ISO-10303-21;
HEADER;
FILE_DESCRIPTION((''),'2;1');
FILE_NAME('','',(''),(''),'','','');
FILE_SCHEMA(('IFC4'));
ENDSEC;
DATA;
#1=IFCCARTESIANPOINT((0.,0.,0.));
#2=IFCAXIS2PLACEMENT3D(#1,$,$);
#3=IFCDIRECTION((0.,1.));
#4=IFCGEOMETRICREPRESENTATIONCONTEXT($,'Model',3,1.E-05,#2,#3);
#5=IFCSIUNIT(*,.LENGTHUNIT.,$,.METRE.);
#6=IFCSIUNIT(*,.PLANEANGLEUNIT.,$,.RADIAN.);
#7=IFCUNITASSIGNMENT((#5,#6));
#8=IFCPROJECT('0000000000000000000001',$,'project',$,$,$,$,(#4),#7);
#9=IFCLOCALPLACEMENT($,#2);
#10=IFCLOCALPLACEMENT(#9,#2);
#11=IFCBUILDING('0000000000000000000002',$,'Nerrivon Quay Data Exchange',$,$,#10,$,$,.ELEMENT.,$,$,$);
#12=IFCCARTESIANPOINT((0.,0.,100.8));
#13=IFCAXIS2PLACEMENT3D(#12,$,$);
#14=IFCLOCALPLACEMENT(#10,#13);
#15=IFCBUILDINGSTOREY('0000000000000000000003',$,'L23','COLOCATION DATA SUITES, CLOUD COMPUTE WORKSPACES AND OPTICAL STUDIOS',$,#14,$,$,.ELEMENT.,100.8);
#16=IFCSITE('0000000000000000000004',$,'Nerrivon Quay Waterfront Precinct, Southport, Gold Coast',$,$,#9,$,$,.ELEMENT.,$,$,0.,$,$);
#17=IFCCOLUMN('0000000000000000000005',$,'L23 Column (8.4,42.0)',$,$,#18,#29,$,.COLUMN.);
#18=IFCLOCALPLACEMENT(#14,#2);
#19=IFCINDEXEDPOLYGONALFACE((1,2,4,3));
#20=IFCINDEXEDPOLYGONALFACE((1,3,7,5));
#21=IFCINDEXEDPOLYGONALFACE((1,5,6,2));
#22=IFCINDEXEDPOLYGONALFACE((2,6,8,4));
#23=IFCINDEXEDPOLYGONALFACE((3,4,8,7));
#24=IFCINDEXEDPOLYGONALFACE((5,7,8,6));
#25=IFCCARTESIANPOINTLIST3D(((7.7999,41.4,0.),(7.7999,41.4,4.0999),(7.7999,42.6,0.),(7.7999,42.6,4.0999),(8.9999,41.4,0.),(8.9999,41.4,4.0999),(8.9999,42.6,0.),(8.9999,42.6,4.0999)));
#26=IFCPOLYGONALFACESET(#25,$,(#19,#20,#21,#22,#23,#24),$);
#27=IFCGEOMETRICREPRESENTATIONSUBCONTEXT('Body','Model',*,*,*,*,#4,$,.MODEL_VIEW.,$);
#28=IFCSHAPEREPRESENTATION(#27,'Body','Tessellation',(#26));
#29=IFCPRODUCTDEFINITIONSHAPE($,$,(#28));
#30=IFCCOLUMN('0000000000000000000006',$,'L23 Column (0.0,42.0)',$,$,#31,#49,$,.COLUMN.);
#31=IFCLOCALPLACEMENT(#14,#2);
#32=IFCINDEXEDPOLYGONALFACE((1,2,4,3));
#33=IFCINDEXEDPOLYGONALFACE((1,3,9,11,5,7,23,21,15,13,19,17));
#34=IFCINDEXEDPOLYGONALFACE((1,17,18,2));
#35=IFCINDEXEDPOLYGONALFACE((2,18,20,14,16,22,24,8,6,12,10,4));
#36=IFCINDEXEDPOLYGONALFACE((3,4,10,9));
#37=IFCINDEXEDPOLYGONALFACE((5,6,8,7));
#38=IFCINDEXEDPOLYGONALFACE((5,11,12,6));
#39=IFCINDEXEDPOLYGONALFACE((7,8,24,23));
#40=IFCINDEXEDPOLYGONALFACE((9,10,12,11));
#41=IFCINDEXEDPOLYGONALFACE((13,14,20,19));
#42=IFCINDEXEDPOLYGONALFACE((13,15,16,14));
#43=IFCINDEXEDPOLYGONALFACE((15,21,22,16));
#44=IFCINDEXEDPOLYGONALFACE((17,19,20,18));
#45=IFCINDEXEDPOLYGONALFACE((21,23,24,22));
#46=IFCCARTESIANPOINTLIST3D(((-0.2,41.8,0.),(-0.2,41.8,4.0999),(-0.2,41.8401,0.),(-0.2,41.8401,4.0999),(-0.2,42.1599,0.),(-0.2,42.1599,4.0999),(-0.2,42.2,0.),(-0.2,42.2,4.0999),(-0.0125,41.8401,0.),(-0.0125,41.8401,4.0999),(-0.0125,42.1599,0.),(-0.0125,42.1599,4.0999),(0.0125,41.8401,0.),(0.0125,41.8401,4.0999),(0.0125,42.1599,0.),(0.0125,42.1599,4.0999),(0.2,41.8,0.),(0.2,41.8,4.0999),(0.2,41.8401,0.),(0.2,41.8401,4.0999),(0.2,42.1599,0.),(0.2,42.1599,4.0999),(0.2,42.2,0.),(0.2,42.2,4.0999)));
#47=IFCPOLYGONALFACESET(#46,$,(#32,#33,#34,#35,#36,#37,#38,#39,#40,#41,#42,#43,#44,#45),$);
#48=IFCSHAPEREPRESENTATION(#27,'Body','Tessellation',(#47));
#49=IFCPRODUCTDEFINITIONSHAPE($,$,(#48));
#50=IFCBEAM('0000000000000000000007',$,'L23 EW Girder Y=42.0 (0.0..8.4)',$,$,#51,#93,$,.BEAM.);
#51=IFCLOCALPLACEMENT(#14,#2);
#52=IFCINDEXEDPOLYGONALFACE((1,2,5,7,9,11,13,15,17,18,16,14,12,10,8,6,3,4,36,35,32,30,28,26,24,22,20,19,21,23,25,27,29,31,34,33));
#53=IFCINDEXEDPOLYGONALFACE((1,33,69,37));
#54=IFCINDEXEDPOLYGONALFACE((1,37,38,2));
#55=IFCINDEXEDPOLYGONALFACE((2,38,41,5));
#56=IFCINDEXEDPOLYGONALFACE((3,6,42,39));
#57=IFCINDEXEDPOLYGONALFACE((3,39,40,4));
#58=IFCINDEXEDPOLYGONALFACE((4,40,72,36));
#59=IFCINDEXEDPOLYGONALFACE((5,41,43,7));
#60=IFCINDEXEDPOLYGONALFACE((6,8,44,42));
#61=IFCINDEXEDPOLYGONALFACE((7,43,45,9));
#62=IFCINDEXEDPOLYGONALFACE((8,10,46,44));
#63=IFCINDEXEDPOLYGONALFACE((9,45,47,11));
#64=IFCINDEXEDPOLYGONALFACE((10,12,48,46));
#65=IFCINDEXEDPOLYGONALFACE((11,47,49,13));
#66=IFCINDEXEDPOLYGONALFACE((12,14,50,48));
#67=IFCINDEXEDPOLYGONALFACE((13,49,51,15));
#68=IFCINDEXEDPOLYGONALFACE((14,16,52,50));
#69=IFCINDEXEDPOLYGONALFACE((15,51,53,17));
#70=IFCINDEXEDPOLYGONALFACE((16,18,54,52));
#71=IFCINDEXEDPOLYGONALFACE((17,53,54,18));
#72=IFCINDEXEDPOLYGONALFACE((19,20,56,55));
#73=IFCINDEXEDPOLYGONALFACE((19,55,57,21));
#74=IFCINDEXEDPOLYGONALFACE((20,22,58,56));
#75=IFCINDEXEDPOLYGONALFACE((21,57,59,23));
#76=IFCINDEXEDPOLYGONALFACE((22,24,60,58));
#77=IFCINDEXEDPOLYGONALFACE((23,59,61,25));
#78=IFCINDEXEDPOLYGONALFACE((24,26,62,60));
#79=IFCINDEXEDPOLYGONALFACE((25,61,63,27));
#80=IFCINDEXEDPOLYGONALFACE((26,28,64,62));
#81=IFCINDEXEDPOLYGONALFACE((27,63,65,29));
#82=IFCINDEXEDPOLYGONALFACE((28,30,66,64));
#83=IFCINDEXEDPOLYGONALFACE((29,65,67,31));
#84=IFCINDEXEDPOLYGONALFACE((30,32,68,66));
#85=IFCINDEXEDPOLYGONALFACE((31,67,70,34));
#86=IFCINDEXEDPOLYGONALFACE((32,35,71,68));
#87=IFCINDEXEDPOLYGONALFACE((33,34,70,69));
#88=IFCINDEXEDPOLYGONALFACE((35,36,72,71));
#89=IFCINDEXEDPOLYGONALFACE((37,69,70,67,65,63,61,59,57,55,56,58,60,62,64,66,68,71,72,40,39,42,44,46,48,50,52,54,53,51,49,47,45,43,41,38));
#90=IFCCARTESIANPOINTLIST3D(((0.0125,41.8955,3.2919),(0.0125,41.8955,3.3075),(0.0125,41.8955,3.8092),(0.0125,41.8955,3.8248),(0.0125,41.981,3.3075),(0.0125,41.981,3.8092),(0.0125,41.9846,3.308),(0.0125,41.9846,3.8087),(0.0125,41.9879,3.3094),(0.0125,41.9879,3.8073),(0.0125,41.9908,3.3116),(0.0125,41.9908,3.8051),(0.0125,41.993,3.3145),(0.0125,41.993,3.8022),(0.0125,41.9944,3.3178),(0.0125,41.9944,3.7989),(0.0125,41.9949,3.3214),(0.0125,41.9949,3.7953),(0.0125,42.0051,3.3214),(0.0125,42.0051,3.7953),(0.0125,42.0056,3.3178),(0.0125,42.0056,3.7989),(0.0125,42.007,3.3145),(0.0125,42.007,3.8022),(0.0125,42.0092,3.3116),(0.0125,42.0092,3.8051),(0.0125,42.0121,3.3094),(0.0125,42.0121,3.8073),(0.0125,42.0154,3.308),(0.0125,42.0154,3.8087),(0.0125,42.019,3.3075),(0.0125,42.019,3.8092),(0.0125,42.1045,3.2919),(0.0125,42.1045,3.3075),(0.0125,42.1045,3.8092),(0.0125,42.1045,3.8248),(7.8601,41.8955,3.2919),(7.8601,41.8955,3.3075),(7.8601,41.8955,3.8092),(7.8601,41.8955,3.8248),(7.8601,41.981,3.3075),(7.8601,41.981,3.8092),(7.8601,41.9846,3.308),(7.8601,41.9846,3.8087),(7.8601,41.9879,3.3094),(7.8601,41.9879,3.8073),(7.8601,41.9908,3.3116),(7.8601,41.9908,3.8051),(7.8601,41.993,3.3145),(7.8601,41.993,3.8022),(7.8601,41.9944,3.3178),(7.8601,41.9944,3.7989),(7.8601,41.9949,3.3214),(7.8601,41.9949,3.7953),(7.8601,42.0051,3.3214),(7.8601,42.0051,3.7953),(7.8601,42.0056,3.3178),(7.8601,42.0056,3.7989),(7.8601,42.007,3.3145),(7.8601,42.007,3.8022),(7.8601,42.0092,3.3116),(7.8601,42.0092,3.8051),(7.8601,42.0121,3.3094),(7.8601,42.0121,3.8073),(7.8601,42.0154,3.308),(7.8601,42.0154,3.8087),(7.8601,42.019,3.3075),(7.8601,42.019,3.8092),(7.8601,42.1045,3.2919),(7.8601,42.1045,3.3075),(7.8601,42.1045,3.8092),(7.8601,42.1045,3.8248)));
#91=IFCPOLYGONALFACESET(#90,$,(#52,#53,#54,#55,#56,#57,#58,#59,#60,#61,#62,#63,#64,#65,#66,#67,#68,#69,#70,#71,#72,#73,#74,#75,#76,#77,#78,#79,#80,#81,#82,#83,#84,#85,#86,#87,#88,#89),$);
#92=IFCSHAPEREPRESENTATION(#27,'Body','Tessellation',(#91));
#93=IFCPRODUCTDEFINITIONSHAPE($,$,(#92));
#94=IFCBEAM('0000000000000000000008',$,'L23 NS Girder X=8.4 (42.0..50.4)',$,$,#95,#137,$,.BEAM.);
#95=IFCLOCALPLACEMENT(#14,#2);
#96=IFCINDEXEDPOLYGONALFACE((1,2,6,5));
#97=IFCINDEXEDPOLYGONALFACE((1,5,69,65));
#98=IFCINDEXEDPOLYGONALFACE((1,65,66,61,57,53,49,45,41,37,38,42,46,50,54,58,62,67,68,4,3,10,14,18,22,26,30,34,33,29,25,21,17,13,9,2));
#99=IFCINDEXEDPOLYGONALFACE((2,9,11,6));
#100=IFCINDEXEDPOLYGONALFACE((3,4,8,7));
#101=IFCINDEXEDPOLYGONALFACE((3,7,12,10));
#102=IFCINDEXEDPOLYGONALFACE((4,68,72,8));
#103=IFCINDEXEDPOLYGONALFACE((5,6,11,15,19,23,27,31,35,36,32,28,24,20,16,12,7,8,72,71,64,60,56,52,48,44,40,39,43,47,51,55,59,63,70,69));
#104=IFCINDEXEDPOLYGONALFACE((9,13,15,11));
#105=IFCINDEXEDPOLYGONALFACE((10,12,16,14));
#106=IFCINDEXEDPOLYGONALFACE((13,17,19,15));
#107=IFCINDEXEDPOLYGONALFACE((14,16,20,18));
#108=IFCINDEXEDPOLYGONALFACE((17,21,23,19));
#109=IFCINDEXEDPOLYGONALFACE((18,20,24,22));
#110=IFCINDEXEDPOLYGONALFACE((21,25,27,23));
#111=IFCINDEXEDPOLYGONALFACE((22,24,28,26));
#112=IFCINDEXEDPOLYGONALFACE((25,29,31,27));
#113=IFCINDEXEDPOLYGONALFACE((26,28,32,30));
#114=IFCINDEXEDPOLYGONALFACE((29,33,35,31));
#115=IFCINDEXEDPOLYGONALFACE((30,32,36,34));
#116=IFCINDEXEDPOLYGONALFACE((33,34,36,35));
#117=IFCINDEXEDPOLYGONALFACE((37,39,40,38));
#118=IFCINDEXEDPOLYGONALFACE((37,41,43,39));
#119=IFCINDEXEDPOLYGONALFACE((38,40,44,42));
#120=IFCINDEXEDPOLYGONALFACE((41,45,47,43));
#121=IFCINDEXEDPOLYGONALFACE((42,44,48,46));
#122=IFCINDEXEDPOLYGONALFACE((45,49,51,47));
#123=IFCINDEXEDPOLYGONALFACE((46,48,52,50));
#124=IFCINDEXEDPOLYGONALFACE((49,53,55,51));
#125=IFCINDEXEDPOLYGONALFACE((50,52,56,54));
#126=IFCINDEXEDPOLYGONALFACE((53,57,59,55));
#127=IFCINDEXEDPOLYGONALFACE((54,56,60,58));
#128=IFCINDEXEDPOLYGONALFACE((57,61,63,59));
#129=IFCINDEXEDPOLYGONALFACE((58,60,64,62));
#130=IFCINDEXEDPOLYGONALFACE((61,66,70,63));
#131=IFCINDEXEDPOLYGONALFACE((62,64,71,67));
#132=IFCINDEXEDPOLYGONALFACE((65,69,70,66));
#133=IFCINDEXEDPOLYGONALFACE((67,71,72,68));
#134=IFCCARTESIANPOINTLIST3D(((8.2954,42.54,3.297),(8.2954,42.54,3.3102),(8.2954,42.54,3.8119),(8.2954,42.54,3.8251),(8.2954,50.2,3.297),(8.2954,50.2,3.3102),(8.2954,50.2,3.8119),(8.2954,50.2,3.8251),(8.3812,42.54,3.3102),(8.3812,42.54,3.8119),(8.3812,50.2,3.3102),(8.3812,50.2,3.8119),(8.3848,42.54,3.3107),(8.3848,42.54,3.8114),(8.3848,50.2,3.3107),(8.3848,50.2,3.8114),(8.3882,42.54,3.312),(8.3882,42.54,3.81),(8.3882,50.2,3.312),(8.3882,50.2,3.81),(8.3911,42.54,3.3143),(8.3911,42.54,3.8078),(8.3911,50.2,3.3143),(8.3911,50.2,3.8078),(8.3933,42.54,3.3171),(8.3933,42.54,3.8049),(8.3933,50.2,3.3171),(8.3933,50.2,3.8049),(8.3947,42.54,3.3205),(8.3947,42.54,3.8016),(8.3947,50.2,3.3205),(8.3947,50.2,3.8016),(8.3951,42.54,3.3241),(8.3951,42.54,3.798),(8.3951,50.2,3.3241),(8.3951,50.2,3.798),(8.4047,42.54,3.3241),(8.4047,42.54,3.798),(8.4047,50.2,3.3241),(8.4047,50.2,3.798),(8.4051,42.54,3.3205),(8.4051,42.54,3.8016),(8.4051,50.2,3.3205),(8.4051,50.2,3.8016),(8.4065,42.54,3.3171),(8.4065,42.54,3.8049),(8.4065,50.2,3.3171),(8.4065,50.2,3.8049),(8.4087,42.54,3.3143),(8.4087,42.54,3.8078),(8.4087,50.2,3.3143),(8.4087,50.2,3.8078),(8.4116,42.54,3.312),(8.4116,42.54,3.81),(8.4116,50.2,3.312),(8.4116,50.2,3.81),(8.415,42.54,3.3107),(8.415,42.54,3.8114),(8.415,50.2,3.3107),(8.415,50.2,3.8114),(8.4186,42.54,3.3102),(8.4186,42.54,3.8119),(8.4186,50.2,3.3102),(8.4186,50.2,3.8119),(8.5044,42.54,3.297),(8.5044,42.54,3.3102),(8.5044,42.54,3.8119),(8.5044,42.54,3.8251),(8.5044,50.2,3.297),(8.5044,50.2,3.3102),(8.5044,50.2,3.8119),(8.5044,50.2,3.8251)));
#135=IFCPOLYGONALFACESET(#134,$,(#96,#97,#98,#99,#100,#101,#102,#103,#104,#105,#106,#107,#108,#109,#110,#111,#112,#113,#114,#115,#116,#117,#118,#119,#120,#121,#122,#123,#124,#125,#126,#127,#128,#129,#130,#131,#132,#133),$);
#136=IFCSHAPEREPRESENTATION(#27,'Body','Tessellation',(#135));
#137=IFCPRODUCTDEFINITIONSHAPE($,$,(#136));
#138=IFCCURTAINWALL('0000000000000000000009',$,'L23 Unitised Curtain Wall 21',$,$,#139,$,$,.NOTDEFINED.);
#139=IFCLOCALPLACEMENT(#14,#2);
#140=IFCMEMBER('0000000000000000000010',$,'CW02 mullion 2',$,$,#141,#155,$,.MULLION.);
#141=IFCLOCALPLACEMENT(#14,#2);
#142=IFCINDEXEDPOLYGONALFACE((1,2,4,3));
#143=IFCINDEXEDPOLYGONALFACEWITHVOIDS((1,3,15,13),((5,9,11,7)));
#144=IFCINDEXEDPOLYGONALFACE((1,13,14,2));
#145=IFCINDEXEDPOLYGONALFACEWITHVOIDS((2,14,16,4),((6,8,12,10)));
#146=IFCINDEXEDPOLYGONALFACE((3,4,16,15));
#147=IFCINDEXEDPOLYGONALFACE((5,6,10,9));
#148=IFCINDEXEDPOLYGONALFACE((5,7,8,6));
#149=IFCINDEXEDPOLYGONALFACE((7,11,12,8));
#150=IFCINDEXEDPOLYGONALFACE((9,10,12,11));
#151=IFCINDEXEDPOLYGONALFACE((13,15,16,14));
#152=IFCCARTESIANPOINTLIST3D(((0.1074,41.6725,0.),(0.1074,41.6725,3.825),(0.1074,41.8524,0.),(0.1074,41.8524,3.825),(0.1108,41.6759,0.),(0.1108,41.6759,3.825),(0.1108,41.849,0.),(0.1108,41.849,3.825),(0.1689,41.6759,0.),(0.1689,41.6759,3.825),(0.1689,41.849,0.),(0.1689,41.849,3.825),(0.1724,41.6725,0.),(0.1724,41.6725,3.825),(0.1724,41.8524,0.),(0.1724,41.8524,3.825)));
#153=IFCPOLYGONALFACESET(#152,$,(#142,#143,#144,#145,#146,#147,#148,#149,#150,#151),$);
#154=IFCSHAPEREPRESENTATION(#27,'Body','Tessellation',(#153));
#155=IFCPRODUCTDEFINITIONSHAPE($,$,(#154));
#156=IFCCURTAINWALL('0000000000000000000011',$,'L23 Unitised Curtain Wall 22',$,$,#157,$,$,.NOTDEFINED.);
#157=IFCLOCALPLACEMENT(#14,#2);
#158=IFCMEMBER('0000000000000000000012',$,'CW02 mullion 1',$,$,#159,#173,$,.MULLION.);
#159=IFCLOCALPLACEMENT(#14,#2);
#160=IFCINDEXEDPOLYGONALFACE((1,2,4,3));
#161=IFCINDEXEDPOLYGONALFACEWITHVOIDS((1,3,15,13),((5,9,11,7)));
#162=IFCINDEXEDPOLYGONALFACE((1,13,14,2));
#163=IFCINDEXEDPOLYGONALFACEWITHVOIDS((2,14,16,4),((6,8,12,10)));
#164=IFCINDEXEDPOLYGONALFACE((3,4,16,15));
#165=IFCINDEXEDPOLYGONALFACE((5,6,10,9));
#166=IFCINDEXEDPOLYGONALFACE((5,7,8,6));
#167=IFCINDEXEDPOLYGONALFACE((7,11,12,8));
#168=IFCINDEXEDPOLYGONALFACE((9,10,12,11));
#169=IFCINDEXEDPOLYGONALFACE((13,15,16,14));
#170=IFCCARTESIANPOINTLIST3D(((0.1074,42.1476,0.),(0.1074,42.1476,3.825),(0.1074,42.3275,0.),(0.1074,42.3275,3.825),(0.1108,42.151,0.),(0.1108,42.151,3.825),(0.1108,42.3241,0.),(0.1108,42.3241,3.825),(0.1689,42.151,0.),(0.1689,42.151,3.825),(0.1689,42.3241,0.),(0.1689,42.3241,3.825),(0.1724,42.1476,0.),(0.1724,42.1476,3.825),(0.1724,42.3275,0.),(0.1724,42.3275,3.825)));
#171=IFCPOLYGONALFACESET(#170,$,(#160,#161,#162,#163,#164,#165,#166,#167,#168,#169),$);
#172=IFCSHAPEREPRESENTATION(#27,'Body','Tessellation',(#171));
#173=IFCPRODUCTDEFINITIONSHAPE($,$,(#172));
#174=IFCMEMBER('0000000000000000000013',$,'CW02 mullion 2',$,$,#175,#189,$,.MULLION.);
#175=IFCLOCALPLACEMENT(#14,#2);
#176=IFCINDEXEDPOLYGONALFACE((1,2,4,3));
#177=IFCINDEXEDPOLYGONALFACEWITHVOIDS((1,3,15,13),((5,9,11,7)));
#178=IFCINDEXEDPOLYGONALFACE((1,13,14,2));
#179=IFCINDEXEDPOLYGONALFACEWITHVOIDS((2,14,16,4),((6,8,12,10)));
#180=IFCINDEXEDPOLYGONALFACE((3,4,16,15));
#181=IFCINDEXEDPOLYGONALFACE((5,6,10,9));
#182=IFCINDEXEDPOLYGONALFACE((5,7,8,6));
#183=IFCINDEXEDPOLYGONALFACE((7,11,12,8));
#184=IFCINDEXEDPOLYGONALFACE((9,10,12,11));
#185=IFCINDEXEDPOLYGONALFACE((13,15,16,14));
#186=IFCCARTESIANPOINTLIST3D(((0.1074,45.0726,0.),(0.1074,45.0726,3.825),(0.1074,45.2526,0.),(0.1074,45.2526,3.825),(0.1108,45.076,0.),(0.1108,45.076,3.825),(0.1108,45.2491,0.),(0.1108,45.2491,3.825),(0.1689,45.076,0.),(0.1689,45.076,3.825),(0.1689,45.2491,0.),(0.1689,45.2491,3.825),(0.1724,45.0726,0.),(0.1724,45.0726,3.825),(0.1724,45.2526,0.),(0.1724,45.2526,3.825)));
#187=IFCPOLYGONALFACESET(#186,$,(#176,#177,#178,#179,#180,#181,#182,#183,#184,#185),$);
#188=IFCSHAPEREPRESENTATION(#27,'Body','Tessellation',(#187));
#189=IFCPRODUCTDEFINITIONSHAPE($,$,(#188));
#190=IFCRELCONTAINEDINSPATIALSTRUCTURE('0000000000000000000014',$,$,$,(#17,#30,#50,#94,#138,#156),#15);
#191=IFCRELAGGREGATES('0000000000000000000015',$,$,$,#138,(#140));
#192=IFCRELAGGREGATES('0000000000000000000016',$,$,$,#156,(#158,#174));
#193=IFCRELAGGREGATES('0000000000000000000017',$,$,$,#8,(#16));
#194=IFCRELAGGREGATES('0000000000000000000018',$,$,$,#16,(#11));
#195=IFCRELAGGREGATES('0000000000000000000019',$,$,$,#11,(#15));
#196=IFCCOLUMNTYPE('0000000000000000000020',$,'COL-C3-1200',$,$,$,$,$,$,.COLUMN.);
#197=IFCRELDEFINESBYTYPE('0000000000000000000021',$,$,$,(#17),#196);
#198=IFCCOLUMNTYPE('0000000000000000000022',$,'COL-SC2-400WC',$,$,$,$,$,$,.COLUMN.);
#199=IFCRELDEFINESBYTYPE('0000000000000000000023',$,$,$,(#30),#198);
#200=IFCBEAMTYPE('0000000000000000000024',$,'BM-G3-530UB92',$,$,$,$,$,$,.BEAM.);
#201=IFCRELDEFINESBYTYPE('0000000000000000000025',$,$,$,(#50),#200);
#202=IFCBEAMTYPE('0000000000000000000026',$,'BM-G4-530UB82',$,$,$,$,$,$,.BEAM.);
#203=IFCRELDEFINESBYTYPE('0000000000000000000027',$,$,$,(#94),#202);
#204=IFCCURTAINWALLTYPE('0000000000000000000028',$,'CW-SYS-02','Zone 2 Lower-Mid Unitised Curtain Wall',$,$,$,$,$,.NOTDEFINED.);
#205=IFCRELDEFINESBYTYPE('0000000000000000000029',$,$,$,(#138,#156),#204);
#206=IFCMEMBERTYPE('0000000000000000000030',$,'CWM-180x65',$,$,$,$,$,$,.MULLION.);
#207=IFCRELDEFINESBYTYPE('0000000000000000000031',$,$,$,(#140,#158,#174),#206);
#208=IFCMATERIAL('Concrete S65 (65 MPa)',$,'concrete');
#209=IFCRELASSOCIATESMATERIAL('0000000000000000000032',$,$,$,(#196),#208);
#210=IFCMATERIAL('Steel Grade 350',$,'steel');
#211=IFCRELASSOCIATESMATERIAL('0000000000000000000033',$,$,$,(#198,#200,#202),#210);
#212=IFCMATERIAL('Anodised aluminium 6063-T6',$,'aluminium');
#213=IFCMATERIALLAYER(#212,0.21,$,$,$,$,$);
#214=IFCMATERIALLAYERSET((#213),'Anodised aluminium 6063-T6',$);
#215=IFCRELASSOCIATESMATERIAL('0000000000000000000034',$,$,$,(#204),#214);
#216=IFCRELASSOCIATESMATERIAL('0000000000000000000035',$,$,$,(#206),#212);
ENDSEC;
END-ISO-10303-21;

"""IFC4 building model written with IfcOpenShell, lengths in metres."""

from ifc_helpers import new_model, si_unit, direction, frame, origin, origin_2d, place, context, subcontext, project, spatial, rectangle, hollow_rectangle, i_section, extrude, material, layer, layer_set, material_profile, profile_set, type_object, element, aggregate, save


model = new_model("IFC4")

# Units and contexts
model_context = context("Model", 3, precision=1e-05, world=origin(), true_north=direction((0.0, 1.0)))
body_context = subcontext(model_context, "Body", "Model", "MODEL_VIEW")
ifc_project = project(units=[si_unit("LENGTHUNIT", "METRE"), si_unit("PLANEANGLEUNIT", "RADIAN")], contexts=[model_context])

# Site, building, storey
site_placement = place(None, origin())
site = spatial("IfcSite", under=ifc_project, at=site_placement, Name="Nerrivon Quay Waterfront Precinct, Southport, Gold Coast", CompositionType="ELEMENT", RefElevation=0.0)
building_placement = place(site_placement, origin())
building = spatial("IfcBuilding", under=site, at=building_placement, Name="Nerrivon Quay Data Exchange", CompositionType="ELEMENT")
storey_placement = place(building_placement, frame((0.0, 0.0, 100.8)))
storey = spatial("IfcBuildingStorey", under=building, at=storey_placement, Name="L23", Description="COLOCATION DATA SUITES, CLOUD COMPUTE WORKSPACES AND OPTICAL STUDIOS", CompositionType="ELEMENT", Elevation=100.8)

# Columns
ifc_material_1 = material(Name="Concrete S65 (65 MPa)", Category="concrete")
ifc_material_profile_1 = material_profile(ifc_material_1, rectangle(XDim=1.2, YDim=1.2, at=origin_2d()), Name="RC-COL-1200x1200")
ifc_profile_set_1 = profile_set([ifc_material_profile_1], Name="Concrete S65 (65 MPa)")
column_type_1 = type_object("IfcColumnType", Name="COL-C3-1200", PredefinedType="COLUMN", material=ifc_profile_set_1)
column_1_placement = place(storey_placement, frame((8.3999, 42.0, 0.0), z_axis=(0.0, 0.0, 1.0), x_axis=(1.0, 0.0, 0.0)))
element("IfcColumn", 1, at=column_1_placement, inside=storey, type_object=column_type_1, Name="L23 Column (8.4,42.0)", PredefinedType="COLUMN", context=body_context, shape_type="SweptSolid", body=[
    extrude(rectangle(XDim=1.2, YDim=1.2, at=origin_2d()), origin(), (0.0, 0.0, 1.0), 4.0999),
])
ifc_material_2 = material(Name="Steel Grade 350", Category="steel")
ifc_material_profile_2 = material_profile(ifc_material_2, i_section(OverallWidth=0.3999, OverallDepth=0.3999, WebThickness=0.0249, FlangeThickness=0.04, at=origin_2d()), Name="400WC328")
ifc_profile_set_2 = profile_set([ifc_material_profile_2], Name="Steel Grade 350")
column_type_2 = type_object("IfcColumnType", Name="COL-SC2-400WC", PredefinedType="COLUMN", material=ifc_profile_set_2)
column_2_placement = place(storey_placement, frame((0.0, 42.0, 0.0), z_axis=(0.0, 0.0, 1.0), x_axis=(1.0, 0.0, 0.0)))
element("IfcColumn", 2, at=column_2_placement, inside=storey, type_object=column_type_2, Name="L23 Column (0.0,42.0)", PredefinedType="COLUMN", context=body_context, shape_type="SweptSolid", body=[
    extrude(i_section(OverallWidth=0.3999, OverallDepth=0.3999, WebThickness=0.0249, FlangeThickness=0.04, at=origin_2d()), origin(), (0.0, 0.0, 1.0), 4.0999),
])

# Beams
ifc_material_profile_3 = material_profile(ifc_material_2, i_section(OverallWidth=0.209, OverallDepth=0.533, WebThickness=0.0103, FlangeThickness=0.0156, FilletRadius=0.0139, at=origin_2d()), Name="530UB92.4")
ifc_profile_set_3 = profile_set([ifc_material_profile_3], Name="Steel Grade 350")
beam_type_1 = type_object("IfcBeamType", Name="BM-G3-530UB92", PredefinedType="BEAM", material=ifc_profile_set_3)
beam_1_placement = place(storey_placement, frame((0.0125, 42.0, 3.5583), z_axis=(1.0, 0.0, 0.0), x_axis=(0.0, 1.0, 0.0)))
element("IfcBeam", 3, at=beam_1_placement, inside=storey, type_object=beam_type_1, Name="L23 EW Girder Y=42.0 (0.0..8.4)", PredefinedType="BEAM", context=body_context, shape_type="SweptSolid", body=[
    extrude(i_section(OverallWidth=0.209, OverallDepth=0.533, WebThickness=0.0103, FlangeThickness=0.0156, FilletRadius=0.0139, at=origin_2d()), origin(), (0.0, 0.0, 1.0), 7.8477),
])
ifc_material_profile_4 = material_profile(ifc_material_2, i_section(OverallWidth=0.209, OverallDepth=0.5281, WebThickness=0.0095, FlangeThickness=0.0132, FilletRadius=0.0139, at=origin_2d()), Name="530UB82.0")
ifc_profile_set_4 = profile_set([ifc_material_profile_4], Name="Steel Grade 350")
beam_type_2 = type_object("IfcBeamType", Name="BM-G4-530UB82", PredefinedType="BEAM", material=ifc_profile_set_4)
beam_2_placement = place(storey_placement, frame((8.3999, 42.54, 3.561), z_axis=(0.0, 1.0, 0.0), x_axis=(-1.0, 0.0, 0.0)))
element("IfcBeam", 4, at=beam_2_placement, inside=storey, type_object=beam_type_2, Name="L23 NS Girder X=8.4 (42.0..50.4)", PredefinedType="BEAM", context=body_context, shape_type="SweptSolid", body=[
    extrude(i_section(OverallWidth=0.209, OverallDepth=0.5281, WebThickness=0.0095, FlangeThickness=0.0132, FilletRadius=0.0139, at=origin_2d()), origin(), (0.0, 0.0, 1.0), 7.6599),
])

# Curtain wall, member
ifc_material_3 = material(Name="Anodised aluminium 6063-T6", Category="aluminium")
ifc_layer_1 = layer(ifc_material_3, 0.21)
ifc_layer_set_1 = layer_set([ifc_layer_1], Name="Anodised aluminium 6063-T6")
curtain_wall_type = type_object("IfcCurtainWallType", Name="CW-SYS-02", Description="Zone 2 Lower-Mid Unitised Curtain Wall", PredefinedType="NOTDEFINED", material=ifc_layer_set_1)
curtain_wall_1_placement = place(storey_placement, origin())
curtain_wall_1 = element("IfcCurtainWall", 5, at=curtain_wall_1_placement, inside=storey, type_object=curtain_wall_type, Name="L23 Unitised Curtain Wall 21", PredefinedType="NOTDEFINED")
ifc_material_profile_5 = material_profile(ifc_material_3, hollow_rectangle(XDim=0.0649, YDim=0.1799, WallThickness=0.0034, at=origin_2d()), Name="ALU-MULL-180x65")
ifc_profile_set_5 = profile_set([ifc_material_profile_5], Name="Anodised aluminium 6063-T6")
member_type_1 = type_object("IfcMemberType", Name="CWM-180x65", PredefinedType="MULLION", material=ifc_profile_set_5)
member_1_placement = place(storey_placement, frame((0.1399, 41.7625, 0.0), z_axis=(0.0, 0.0, 1.0), x_axis=(-1.0, 0.0, 0.0)))
member_1 = element("IfcMember", 6, at=member_1_placement, type_object=member_type_1, Name="CW02 mullion 2", PredefinedType="MULLION", context=body_context, shape_type="SweptSolid", body=[
    extrude(hollow_rectangle(XDim=0.0649, YDim=0.1799, WallThickness=0.0034, at=origin_2d()), origin(), (0.0, 0.0, 1.0), 3.825),
])

# Curtain wall, members
curtain_wall_2_placement = place(storey_placement, origin())
curtain_wall_2 = element("IfcCurtainWall", 7, at=curtain_wall_2_placement, inside=storey, type_object=curtain_wall_type, Name="L23 Unitised Curtain Wall 22", PredefinedType="NOTDEFINED")
member_2_placement = place(storey_placement, frame((0.1399, 42.2375, 0.0), z_axis=(0.0, 0.0, 1.0), x_axis=(-1.0, 0.0, 0.0)))
member_2 = element("IfcMember", 8, at=member_2_placement, type_object=member_type_1, Name="CW02 mullion 1", PredefinedType="MULLION", context=body_context, shape_type="SweptSolid", body=[
    extrude(hollow_rectangle(XDim=0.0649, YDim=0.1799, WallThickness=0.0034, at=origin_2d()), origin(), (0.0, 0.0, 1.0), 3.825),
])
member_3_placement = place(storey_placement, frame((0.1399, 45.1626, 0.0), z_axis=(0.0, 0.0, 1.0), x_axis=(-1.0, 0.0, 0.0)))
member_3 = element("IfcMember", 9, at=member_3_placement, type_object=member_type_1, Name="CW02 mullion 2", PredefinedType="MULLION", context=body_context, shape_type="SweptSolid", body=[
    extrude(hollow_rectangle(XDim=0.0649, YDim=0.1799, WallThickness=0.0034, at=origin_2d()), origin(), (0.0, 0.0, 1.0), 3.825),
])

aggregate(curtain_wall_1, [member_1])
aggregate(curtain_wall_2, [member_2, member_3])

save(model, "model.ifc")
